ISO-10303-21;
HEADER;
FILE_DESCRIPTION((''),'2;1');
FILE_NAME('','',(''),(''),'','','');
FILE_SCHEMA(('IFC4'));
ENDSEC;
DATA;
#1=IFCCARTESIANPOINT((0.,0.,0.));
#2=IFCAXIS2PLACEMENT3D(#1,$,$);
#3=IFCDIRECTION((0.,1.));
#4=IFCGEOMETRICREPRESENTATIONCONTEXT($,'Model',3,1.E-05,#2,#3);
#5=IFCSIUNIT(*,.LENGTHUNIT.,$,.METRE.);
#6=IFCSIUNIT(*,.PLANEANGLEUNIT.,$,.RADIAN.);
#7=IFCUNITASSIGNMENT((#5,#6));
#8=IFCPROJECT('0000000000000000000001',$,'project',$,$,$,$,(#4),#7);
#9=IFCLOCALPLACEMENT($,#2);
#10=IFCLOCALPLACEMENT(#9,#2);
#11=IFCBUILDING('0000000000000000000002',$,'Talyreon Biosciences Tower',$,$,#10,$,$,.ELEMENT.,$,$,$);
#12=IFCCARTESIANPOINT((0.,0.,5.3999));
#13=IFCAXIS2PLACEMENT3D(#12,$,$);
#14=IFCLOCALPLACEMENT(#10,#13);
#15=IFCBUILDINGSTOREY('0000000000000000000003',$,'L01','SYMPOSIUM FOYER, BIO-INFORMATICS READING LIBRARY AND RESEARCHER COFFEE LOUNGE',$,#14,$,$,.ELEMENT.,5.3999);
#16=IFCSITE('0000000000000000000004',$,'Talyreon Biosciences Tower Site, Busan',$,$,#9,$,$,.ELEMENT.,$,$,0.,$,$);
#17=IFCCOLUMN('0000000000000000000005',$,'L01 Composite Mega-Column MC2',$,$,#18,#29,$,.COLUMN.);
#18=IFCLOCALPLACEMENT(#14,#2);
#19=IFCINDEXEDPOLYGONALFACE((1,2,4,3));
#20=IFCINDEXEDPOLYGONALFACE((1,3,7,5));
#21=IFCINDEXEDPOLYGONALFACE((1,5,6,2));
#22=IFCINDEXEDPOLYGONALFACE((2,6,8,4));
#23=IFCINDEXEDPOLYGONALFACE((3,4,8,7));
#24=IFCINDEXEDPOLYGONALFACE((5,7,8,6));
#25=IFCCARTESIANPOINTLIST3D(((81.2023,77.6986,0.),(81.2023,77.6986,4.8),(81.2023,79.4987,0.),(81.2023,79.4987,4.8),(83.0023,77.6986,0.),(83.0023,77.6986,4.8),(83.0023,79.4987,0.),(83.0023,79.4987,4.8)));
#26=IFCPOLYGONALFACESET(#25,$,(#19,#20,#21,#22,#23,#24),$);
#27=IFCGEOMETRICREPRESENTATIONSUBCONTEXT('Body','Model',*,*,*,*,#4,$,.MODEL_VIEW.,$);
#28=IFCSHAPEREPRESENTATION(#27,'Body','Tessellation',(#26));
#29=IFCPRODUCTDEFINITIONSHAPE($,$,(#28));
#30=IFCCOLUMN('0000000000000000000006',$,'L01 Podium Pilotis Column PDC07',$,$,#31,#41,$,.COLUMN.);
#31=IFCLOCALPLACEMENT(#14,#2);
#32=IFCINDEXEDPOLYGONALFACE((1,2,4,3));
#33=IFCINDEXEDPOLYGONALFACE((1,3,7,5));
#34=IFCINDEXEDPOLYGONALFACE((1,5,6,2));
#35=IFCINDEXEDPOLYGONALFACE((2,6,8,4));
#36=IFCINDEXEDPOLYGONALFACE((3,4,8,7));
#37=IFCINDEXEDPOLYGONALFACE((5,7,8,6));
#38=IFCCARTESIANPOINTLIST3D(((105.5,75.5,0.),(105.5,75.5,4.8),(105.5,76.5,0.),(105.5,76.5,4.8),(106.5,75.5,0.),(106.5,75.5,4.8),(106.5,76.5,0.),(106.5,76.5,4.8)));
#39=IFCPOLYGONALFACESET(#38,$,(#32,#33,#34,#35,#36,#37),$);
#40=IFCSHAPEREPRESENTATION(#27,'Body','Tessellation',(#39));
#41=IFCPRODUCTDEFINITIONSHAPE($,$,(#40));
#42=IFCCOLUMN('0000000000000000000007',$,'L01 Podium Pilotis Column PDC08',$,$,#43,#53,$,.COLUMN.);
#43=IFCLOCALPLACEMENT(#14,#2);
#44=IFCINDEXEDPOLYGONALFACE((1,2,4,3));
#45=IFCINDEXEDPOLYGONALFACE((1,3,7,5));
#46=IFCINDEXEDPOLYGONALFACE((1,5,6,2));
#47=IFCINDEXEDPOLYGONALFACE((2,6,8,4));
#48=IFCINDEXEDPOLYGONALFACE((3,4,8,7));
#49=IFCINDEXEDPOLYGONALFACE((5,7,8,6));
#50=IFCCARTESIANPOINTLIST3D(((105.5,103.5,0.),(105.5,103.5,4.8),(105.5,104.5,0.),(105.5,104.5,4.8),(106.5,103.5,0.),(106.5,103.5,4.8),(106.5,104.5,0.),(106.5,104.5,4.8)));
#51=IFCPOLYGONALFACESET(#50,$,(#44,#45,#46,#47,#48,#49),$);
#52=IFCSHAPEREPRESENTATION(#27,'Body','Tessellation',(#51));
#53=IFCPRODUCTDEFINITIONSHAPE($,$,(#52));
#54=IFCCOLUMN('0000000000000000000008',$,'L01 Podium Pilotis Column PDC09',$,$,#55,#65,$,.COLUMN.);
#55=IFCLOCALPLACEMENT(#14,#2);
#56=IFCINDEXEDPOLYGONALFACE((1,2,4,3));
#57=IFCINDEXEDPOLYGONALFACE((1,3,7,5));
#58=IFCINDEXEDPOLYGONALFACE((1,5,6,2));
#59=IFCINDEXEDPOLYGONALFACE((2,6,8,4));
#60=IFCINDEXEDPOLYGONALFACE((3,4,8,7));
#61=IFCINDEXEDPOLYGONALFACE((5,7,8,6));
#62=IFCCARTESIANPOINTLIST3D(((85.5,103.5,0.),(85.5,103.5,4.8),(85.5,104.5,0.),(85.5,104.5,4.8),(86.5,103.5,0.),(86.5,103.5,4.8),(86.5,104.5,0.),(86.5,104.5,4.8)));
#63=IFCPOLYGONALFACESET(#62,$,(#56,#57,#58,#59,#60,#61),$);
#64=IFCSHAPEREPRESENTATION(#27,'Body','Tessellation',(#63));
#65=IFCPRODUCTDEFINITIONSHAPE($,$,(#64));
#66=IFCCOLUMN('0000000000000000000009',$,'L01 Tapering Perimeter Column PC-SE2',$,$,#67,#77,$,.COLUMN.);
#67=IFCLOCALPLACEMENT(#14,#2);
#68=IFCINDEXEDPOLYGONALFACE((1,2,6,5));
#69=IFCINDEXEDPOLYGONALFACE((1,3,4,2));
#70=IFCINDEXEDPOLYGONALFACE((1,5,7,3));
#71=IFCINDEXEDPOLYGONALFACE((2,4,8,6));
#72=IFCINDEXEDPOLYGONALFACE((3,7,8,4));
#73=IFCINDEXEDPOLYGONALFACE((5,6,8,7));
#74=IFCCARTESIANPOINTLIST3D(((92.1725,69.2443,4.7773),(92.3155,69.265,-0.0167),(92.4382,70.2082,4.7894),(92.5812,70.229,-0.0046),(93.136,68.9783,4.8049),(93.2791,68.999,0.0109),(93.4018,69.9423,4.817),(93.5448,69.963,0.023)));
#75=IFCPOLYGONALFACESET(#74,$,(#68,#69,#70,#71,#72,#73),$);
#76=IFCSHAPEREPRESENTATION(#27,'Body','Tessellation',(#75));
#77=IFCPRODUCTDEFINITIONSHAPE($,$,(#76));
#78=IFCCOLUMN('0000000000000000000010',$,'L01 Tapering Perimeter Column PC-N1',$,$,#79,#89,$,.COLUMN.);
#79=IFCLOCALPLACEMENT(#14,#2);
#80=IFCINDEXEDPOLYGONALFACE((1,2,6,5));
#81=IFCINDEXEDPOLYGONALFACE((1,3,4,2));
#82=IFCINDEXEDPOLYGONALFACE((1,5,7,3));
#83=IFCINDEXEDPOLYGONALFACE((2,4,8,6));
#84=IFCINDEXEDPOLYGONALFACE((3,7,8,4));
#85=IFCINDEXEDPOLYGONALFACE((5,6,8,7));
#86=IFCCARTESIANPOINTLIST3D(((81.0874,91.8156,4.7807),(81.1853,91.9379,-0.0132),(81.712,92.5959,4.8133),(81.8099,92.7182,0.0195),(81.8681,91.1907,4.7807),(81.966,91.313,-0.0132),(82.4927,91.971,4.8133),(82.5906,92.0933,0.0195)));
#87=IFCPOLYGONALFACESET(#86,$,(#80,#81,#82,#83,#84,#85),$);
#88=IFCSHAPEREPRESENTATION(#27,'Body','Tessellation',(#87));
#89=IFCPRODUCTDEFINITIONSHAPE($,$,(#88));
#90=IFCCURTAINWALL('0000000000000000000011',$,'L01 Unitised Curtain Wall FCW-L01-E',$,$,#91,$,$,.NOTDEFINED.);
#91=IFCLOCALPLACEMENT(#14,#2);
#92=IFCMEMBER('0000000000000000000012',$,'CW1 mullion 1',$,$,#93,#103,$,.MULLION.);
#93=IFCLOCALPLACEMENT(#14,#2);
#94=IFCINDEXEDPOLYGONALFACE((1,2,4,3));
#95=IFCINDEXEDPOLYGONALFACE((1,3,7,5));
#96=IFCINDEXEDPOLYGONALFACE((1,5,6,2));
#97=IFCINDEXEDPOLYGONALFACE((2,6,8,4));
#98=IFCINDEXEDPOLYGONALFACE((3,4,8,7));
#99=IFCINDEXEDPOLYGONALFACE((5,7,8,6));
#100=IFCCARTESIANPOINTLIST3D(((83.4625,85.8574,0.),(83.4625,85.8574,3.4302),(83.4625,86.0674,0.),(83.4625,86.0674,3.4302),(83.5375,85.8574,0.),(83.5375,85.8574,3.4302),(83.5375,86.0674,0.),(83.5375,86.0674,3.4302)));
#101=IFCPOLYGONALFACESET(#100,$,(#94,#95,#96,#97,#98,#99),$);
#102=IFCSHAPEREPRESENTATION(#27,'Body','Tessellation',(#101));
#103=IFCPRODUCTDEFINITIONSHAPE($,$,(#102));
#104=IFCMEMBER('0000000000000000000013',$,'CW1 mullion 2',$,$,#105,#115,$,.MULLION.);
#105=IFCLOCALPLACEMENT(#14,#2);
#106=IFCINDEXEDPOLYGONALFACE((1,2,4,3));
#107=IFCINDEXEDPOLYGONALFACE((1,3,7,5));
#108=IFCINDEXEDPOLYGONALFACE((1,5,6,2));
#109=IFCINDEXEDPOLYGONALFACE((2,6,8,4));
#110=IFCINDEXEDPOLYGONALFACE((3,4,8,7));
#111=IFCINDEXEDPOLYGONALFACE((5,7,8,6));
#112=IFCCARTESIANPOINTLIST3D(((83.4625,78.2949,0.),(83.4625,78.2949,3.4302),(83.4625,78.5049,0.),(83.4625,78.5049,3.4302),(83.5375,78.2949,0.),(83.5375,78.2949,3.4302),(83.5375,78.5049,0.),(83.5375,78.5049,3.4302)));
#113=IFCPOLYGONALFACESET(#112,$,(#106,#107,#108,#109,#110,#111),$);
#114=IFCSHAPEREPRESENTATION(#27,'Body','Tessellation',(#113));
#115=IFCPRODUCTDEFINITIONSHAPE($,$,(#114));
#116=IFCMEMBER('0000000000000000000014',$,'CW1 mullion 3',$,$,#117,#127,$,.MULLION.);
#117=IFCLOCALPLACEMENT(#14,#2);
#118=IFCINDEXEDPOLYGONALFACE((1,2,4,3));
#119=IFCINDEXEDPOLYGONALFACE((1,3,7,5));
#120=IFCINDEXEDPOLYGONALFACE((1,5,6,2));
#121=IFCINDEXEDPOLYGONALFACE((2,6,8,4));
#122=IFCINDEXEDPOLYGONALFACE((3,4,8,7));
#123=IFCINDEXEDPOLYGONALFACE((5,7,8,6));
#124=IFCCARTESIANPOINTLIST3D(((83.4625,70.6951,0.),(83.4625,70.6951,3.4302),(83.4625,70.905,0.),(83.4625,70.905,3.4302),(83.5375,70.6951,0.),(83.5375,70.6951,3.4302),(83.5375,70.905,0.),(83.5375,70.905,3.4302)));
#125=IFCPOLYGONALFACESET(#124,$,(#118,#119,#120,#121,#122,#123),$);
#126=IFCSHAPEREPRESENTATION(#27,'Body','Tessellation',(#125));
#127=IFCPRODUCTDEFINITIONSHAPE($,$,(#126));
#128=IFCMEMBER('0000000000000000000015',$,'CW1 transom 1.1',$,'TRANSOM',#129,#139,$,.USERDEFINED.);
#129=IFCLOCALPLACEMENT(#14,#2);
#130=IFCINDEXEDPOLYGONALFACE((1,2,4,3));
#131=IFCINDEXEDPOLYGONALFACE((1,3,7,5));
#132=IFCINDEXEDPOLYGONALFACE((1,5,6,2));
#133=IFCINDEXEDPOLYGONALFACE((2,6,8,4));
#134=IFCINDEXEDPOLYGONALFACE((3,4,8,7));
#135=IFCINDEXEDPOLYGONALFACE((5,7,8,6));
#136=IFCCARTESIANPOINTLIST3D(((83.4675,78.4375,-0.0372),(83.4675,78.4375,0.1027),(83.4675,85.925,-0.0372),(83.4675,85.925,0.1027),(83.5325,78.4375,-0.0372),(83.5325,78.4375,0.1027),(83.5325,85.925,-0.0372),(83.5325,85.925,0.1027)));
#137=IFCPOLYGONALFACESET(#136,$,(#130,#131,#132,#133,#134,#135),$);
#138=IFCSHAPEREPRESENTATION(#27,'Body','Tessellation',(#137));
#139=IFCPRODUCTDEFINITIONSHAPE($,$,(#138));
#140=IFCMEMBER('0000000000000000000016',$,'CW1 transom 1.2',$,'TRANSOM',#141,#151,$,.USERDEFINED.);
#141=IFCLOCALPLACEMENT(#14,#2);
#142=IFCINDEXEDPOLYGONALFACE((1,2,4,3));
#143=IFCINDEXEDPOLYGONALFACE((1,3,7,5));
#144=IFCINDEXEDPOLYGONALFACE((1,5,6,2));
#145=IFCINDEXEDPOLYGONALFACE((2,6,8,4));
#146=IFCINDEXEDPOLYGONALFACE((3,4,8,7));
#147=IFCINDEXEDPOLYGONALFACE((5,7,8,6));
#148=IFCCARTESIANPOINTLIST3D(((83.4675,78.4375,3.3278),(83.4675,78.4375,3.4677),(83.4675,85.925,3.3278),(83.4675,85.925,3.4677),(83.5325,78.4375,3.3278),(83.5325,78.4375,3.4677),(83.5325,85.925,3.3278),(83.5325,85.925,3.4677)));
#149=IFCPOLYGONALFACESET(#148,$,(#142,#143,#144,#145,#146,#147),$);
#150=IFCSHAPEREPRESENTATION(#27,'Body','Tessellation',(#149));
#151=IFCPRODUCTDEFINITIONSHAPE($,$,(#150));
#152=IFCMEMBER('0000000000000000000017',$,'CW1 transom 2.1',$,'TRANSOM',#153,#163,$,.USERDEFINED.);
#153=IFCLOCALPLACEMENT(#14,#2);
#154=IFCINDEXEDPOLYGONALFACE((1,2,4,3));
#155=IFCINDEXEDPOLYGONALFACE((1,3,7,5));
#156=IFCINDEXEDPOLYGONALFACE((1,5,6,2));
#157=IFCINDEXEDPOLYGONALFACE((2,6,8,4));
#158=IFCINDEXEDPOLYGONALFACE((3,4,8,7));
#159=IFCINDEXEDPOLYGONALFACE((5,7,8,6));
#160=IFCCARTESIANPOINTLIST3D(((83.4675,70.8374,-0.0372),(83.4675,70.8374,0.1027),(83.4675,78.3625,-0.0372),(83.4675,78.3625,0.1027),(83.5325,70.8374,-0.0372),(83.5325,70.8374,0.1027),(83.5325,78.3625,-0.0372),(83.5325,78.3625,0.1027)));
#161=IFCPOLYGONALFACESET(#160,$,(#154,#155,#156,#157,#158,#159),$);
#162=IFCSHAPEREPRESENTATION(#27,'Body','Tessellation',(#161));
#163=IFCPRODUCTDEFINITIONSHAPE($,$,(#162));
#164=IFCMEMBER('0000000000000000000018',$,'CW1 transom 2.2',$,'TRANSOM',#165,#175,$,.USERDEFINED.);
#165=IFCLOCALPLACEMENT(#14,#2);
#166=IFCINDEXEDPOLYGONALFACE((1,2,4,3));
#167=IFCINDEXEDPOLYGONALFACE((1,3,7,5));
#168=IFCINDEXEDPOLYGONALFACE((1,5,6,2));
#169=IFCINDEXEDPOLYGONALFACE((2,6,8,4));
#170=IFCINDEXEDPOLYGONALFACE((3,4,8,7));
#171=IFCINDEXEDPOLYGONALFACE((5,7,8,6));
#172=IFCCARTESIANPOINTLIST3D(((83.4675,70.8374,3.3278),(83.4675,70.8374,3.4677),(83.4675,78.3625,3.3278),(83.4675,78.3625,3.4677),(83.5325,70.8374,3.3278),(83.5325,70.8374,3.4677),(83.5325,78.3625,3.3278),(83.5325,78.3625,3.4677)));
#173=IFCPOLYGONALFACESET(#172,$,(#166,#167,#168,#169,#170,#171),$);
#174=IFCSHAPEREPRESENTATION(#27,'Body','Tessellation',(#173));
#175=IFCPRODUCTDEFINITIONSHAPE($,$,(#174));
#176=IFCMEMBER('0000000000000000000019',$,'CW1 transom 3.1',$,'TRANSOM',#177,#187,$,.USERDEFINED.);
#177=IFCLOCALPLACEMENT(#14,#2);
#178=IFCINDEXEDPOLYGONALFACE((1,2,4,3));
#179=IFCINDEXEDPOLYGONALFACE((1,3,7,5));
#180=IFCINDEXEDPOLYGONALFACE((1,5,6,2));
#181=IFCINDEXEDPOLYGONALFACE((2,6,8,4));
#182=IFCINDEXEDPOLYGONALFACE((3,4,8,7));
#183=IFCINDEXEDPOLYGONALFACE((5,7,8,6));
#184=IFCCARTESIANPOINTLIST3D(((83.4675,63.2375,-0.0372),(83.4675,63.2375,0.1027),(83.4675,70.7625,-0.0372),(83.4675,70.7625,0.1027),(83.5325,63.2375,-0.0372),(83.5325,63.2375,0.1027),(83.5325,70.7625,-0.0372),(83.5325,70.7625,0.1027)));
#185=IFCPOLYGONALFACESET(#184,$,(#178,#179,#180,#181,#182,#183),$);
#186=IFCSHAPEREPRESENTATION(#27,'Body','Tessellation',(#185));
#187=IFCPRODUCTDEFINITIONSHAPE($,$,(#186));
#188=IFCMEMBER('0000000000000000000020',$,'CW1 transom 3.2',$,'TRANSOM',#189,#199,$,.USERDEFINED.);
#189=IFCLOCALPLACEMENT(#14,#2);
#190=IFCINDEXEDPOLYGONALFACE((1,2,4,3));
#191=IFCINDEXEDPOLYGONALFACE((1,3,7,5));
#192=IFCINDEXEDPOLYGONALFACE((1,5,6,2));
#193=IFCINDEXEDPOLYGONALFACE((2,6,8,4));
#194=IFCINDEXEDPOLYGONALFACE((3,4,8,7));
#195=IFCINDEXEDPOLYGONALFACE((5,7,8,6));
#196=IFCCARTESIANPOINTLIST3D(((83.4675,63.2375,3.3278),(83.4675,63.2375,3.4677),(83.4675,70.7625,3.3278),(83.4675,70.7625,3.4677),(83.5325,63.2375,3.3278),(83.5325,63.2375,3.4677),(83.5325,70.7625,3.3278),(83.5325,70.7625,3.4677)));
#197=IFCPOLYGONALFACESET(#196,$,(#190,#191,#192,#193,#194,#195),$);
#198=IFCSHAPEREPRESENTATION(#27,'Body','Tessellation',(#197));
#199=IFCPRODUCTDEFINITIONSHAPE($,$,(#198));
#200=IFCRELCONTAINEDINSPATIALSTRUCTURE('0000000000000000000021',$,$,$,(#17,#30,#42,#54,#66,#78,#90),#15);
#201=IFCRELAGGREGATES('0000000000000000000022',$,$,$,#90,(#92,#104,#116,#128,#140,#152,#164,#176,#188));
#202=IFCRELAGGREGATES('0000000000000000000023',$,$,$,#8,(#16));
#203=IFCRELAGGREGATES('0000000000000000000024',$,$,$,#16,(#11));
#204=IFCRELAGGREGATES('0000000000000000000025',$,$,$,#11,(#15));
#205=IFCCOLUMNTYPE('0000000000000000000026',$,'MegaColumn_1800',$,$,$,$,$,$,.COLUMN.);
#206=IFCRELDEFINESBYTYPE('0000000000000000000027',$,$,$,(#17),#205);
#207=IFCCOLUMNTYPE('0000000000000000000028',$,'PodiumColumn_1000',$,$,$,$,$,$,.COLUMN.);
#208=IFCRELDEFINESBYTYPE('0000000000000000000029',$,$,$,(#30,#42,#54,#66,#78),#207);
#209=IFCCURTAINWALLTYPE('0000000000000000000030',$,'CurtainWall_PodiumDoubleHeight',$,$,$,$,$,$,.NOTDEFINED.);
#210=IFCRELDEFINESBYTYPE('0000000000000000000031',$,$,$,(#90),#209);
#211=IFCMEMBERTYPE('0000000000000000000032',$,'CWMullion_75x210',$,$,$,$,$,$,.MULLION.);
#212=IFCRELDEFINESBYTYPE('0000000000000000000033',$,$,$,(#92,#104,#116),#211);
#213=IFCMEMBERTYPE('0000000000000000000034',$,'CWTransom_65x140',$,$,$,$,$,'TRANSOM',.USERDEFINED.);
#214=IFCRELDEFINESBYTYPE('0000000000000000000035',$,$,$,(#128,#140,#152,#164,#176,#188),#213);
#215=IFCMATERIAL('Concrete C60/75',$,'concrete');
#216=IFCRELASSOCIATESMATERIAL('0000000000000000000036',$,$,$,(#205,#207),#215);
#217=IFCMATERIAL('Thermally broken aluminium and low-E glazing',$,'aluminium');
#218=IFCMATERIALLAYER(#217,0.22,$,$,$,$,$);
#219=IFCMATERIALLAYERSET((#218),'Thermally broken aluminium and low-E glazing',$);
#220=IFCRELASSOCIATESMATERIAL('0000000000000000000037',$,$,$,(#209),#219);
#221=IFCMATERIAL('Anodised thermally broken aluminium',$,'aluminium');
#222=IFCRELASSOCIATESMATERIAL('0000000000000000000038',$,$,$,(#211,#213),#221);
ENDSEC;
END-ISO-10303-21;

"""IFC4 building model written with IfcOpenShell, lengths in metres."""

from ifc_helpers import new_model, si_unit, direction, frame, origin, origin_2d, place, context, subcontext, project, spatial, rectangle, extrude, material, layer, layer_set, material_profile, profile_set, type_object, element, aggregate, save


model = new_model("IFC4")

# Units and contexts
model_context = context("Model", 3, precision=1e-05, world=origin(), true_north=direction((0.0, 1.0)))
body_context = subcontext(model_context, "Body", "Model", "MODEL_VIEW")
ifc_project = project(units=[si_unit("LENGTHUNIT", "METRE"), si_unit("PLANEANGLEUNIT", "RADIAN")], contexts=[model_context])

# Site, building, storey
site_placement = place(None, origin())
site = spatial("IfcSite", under=ifc_project, at=site_placement, Name="Talyreon Biosciences Tower Site, Busan", CompositionType="ELEMENT", RefElevation=0.0)
building_placement = place(site_placement, origin())
building = spatial("IfcBuilding", under=site, at=building_placement, Name="Talyreon Biosciences Tower", CompositionType="ELEMENT")
storey_placement = place(building_placement, frame((0.0, 0.0, 5.3999)))
storey = spatial("IfcBuildingStorey", under=building, at=storey_placement, Name="L01", Description="SYMPOSIUM FOYER, BIO-INFORMATICS READING LIBRARY AND RESEARCHER COFFEE LOUNGE", CompositionType="ELEMENT", Elevation=5.3999)

# Columns
ifc_material_1 = material(Name="Concrete C60/75", Category="concrete")
ifc_material_profile_1 = material_profile(ifc_material_1, rectangle(XDim=1.8, YDim=1.8, at=origin_2d()), Name="RC 1800x1800")
ifc_profile_set_1 = profile_set([ifc_material_profile_1], Name="Concrete C60/75")
column_type_1 = type_object("IfcColumnType", Name="MegaColumn_1800", PredefinedType="COLUMN", material=ifc_profile_set_1)
column_1_placement = place(storey_placement, frame((82.1023, 78.5986, 0.0), z_axis=(0.0, 0.0, 1.0), x_axis=(1.0, 0.0, 0.0)))
element("IfcColumn", 1, at=column_1_placement, inside=storey, type_object=column_type_1, Name="L01 Composite Mega-Column MC2", PredefinedType="COLUMN", context=body_context, shape_type="SweptSolid", body=[
    extrude(rectangle(XDim=1.8, YDim=1.8, at=origin_2d()), origin(), (0.0, 0.0, 1.0), 4.8),
])
ifc_material_profile_2 = material_profile(ifc_material_1, rectangle(XDim=1.0, YDim=1.0, at=origin_2d()), Name="RC 1000x1000")
ifc_profile_set_2 = profile_set([ifc_material_profile_2], Name="Concrete C60/75")
column_type_2 = type_object("IfcColumnType", Name="PodiumColumn_1000", PredefinedType="COLUMN", material=ifc_profile_set_2)
for number, where, z_axis, x_axis, name in (
    (2, (106.0, 76.0, 0.0), (0.0, 0.0, 1.0), (1.0, 0.0, 0.0), "L01 Podium Pilotis Column PDC07"),
    (3, (106.0, 104.0, 0.0), (0.0, 0.0, 1.0), (1.0, 0.0, 0.0), "L01 Podium Pilotis Column PDC08"),
    (4, (86.0, 104.0, 0.0), (0.0, 0.0, 1.0), (1.0, 0.0, 0.0), "L01 Podium Pilotis Column PDC09"),
):
    element("IfcColumn", number, at=place(storey_placement, frame(where, z_axis=z_axis, x_axis=x_axis)), inside=storey, type_object=column_type_2, Name=name, PredefinedType="COLUMN", context=body_context, shape_type="SweptSolid", body=[
        extrude(rectangle(XDim=1.0, YDim=1.0, at=origin_2d()), origin(), (0.0, 0.0, 1.0), 4.8),
    ])
column_2_placement = place(storey_placement, frame((92.9302, 69.614, 0.0032), z_axis=(-0.02983, -0.004327, 0.999546), x_axis=(0.963587, -0.265965, 0.027605)))
element("IfcColumn", 5, at=column_2_placement, inside=storey, type_object=column_type_2, Name="L01 Tapering Perimeter Column PC-SE2", PredefinedType="COLUMN", context=body_context, shape_type="SweptSolid", body=[
    extrude(rectangle(XDim=1.0, YDim=1.0, at=origin_2d()), origin(), (0.0, 0.0, 1.0), 4.7961),
])
column_3_placement = place(storey_placement, frame((81.8879, 92.0156, 0.0032), z_axis=(-0.020411, -0.025501, 0.999466), x_axis=(-0.780717, 0.624885, 0.0)))
element("IfcColumn", 6, at=column_3_placement, inside=storey, type_object=column_type_2, Name="L01 Tapering Perimeter Column PC-N1", PredefinedType="COLUMN", context=body_context, shape_type="SweptSolid", body=[
    extrude(rectangle(XDim=1.0, YDim=1.0, at=origin_2d()), origin(), (0.0, 0.0, 1.0), 4.7964),
])

# Curtain wall, members
ifc_material_2 = material(Name="Thermally broken aluminium and low-E glazing", Category="aluminium")
ifc_layer_1 = layer(ifc_material_2, 0.22)
ifc_layer_set_1 = layer_set([ifc_layer_1], Name="Thermally broken aluminium and low-E glazing")
curtain_wall_type = type_object("IfcCurtainWallType", Name="CurtainWall_PodiumDoubleHeight", PredefinedType="NOTDEFINED", material=ifc_layer_set_1)
curtain_wall_placement = place(storey_placement, origin())
curtain_wall = element("IfcCurtainWall", 7, at=curtain_wall_placement, inside=storey, type_object=curtain_wall_type, Name="L01 Unitised Curtain Wall FCW-L01-E", PredefinedType="NOTDEFINED")
ifc_material_3 = material(Name="Anodised thermally broken aluminium", Category="aluminium")
ifc_material_profile_3 = material_profile(ifc_material_3, rectangle(XDim=0.075, YDim=0.21, at=origin_2d()), Name="ALUM MULLION 75x210")
ifc_profile_set_3 = profile_set([ifc_material_profile_3], Name="Anodised thermally broken aluminium")
member_type_1 = type_object("IfcMemberType", Name="CWMullion_75x210", PredefinedType="MULLION", material=ifc_profile_set_3)
member_1_placement = place(storey_placement, frame((83.5, 85.9624, 0.0), z_axis=(0.0, 0.0, 1.0), x_axis=(1.0, 0.0, 0.0)))
member_1 = element("IfcMember", 8, at=member_1_placement, type_object=member_type_1, Name="CW1 mullion 1", PredefinedType="MULLION", context=body_context, shape_type="SweptSolid", body=[
    extrude(rectangle(XDim=0.075, YDim=0.21, at=origin_2d()), origin(), (0.0, 0.0, 1.0), 3.4302),
])
member_2_placement = place(storey_placement, frame((83.5, 78.3999, 0.0), z_axis=(0.0, 0.0, 1.0), x_axis=(1.0, 0.0, 0.0)))
member_2 = element("IfcMember", 9, at=member_2_placement, type_object=member_type_1, Name="CW1 mullion 2", PredefinedType="MULLION", context=body_context, shape_type="SweptSolid", body=[
    extrude(rectangle(XDim=0.075, YDim=0.21, at=origin_2d()), origin(), (0.0, 0.0, 1.0), 3.4302),
])
member_3_placement = place(storey_placement, frame((83.5, 70.8, 0.0), z_axis=(0.0, 0.0, 1.0), x_axis=(1.0, 0.0, 0.0)))
member_3 = element("IfcMember", 10, at=member_3_placement, type_object=member_type_1, Name="CW1 mullion 3", PredefinedType="MULLION", context=body_context, shape_type="SweptSolid", body=[
    extrude(rectangle(XDim=0.075, YDim=0.21, at=origin_2d()), origin(), (0.0, 0.0, 1.0), 3.4302),
])
ifc_material_profile_4 = material_profile(ifc_material_3, rectangle(XDim=0.0649, YDim=0.1399, at=origin_2d()), Name="ALUM TRANSOM 65x140")
ifc_profile_set_4 = profile_set([ifc_material_profile_4], Name="Anodised thermally broken aluminium")
member_type_2 = type_object("IfcMemberType", Name="CWTransom_65x140", ElementType="TRANSOM", PredefinedType="USERDEFINED", material=ifc_profile_set_4)
member_4_placement = place(storey_placement, frame((83.5, 85.925, 0.0327), z_axis=(0.0, -1.0, 0.0), x_axis=(1.0, 0.0, 0.0)))
member_4 = element("IfcMember", 11, at=member_4_placement, type_object=member_type_2, Name="CW1 transom 1.1", ObjectType="TRANSOM", PredefinedType="USERDEFINED", context=body_context, shape_type="SweptSolid", body=[
    extrude(rectangle(XDim=0.0649, YDim=0.1399, at=origin_2d()), origin(), (0.0, 0.0, 1.0), 7.4875),
])
member_5_placement = place(storey_placement, frame((83.5, 85.925, 3.3977), z_axis=(0.0, -1.0, 0.0), x_axis=(1.0, 0.0, 0.0)))
member_5 = element("IfcMember", 12, at=member_5_placement, type_object=member_type_2, Name="CW1 transom 1.2", ObjectType="TRANSOM", PredefinedType="USERDEFINED", context=body_context, shape_type="SweptSolid", body=[
    extrude(rectangle(XDim=0.0649, YDim=0.1399, at=origin_2d()), origin(), (0.0, 0.0, 1.0), 7.4875),
])
member_6_placement = place(storey_placement, frame((83.5, 78.3625, 0.0327), z_axis=(0.0, -1.0, 0.0), x_axis=(1.0, 0.0, 0.0)))
member_6 = element("IfcMember", 13, at=member_6_placement, type_object=member_type_2, Name="CW1 transom 2.1", ObjectType="TRANSOM", PredefinedType="USERDEFINED", context=body_context, shape_type="SweptSolid", body=[
    extrude(rectangle(XDim=0.0649, YDim=0.1399, at=origin_2d()), origin(), (0.0, 0.0, 1.0), 7.5251),
])
member_7_placement = place(storey_placement, frame((83.5, 78.3625, 3.3977), z_axis=(0.0, -1.0, 0.0), x_axis=(1.0, 0.0, 0.0)))
member_7 = element("IfcMember", 14, at=member_7_placement, type_object=member_type_2, Name="CW1 transom 2.2", ObjectType="TRANSOM", PredefinedType="USERDEFINED", context=body_context, shape_type="SweptSolid", body=[
    extrude(rectangle(XDim=0.0649, YDim=0.1399, at=origin_2d()), origin(), (0.0, 0.0, 1.0), 7.5251),
])
member_8_placement = place(storey_placement, frame((83.5, 70.7625, 0.0327), z_axis=(0.0, -1.0, 0.0), x_axis=(1.0, 0.0, 0.0)))
member_8 = element("IfcMember", 15, at=member_8_placement, type_object=member_type_2, Name="CW1 transom 3.1", ObjectType="TRANSOM", PredefinedType="USERDEFINED", context=body_context, shape_type="SweptSolid", body=[
    extrude(rectangle(XDim=0.0649, YDim=0.1399, at=origin_2d()), origin(), (0.0, 0.0, 1.0), 7.5249),
])
member_9_placement = place(storey_placement, frame((83.5, 70.7625, 3.3977), z_axis=(0.0, -1.0, 0.0), x_axis=(1.0, 0.0, 0.0)))
member_9 = element("IfcMember", 16, at=member_9_placement, type_object=member_type_2, Name="CW1 transom 3.2", ObjectType="TRANSOM", PredefinedType="USERDEFINED", context=body_context, shape_type="SweptSolid", body=[
    extrude(rectangle(XDim=0.0649, YDim=0.1399, at=origin_2d()), origin(), (0.0, 0.0, 1.0), 7.5249),
])

aggregate(curtain_wall, [member_1, member_2, member_3, member_4, member_5, member_6, member_7, member_8, member_9])

save(model, "model.ifc")
